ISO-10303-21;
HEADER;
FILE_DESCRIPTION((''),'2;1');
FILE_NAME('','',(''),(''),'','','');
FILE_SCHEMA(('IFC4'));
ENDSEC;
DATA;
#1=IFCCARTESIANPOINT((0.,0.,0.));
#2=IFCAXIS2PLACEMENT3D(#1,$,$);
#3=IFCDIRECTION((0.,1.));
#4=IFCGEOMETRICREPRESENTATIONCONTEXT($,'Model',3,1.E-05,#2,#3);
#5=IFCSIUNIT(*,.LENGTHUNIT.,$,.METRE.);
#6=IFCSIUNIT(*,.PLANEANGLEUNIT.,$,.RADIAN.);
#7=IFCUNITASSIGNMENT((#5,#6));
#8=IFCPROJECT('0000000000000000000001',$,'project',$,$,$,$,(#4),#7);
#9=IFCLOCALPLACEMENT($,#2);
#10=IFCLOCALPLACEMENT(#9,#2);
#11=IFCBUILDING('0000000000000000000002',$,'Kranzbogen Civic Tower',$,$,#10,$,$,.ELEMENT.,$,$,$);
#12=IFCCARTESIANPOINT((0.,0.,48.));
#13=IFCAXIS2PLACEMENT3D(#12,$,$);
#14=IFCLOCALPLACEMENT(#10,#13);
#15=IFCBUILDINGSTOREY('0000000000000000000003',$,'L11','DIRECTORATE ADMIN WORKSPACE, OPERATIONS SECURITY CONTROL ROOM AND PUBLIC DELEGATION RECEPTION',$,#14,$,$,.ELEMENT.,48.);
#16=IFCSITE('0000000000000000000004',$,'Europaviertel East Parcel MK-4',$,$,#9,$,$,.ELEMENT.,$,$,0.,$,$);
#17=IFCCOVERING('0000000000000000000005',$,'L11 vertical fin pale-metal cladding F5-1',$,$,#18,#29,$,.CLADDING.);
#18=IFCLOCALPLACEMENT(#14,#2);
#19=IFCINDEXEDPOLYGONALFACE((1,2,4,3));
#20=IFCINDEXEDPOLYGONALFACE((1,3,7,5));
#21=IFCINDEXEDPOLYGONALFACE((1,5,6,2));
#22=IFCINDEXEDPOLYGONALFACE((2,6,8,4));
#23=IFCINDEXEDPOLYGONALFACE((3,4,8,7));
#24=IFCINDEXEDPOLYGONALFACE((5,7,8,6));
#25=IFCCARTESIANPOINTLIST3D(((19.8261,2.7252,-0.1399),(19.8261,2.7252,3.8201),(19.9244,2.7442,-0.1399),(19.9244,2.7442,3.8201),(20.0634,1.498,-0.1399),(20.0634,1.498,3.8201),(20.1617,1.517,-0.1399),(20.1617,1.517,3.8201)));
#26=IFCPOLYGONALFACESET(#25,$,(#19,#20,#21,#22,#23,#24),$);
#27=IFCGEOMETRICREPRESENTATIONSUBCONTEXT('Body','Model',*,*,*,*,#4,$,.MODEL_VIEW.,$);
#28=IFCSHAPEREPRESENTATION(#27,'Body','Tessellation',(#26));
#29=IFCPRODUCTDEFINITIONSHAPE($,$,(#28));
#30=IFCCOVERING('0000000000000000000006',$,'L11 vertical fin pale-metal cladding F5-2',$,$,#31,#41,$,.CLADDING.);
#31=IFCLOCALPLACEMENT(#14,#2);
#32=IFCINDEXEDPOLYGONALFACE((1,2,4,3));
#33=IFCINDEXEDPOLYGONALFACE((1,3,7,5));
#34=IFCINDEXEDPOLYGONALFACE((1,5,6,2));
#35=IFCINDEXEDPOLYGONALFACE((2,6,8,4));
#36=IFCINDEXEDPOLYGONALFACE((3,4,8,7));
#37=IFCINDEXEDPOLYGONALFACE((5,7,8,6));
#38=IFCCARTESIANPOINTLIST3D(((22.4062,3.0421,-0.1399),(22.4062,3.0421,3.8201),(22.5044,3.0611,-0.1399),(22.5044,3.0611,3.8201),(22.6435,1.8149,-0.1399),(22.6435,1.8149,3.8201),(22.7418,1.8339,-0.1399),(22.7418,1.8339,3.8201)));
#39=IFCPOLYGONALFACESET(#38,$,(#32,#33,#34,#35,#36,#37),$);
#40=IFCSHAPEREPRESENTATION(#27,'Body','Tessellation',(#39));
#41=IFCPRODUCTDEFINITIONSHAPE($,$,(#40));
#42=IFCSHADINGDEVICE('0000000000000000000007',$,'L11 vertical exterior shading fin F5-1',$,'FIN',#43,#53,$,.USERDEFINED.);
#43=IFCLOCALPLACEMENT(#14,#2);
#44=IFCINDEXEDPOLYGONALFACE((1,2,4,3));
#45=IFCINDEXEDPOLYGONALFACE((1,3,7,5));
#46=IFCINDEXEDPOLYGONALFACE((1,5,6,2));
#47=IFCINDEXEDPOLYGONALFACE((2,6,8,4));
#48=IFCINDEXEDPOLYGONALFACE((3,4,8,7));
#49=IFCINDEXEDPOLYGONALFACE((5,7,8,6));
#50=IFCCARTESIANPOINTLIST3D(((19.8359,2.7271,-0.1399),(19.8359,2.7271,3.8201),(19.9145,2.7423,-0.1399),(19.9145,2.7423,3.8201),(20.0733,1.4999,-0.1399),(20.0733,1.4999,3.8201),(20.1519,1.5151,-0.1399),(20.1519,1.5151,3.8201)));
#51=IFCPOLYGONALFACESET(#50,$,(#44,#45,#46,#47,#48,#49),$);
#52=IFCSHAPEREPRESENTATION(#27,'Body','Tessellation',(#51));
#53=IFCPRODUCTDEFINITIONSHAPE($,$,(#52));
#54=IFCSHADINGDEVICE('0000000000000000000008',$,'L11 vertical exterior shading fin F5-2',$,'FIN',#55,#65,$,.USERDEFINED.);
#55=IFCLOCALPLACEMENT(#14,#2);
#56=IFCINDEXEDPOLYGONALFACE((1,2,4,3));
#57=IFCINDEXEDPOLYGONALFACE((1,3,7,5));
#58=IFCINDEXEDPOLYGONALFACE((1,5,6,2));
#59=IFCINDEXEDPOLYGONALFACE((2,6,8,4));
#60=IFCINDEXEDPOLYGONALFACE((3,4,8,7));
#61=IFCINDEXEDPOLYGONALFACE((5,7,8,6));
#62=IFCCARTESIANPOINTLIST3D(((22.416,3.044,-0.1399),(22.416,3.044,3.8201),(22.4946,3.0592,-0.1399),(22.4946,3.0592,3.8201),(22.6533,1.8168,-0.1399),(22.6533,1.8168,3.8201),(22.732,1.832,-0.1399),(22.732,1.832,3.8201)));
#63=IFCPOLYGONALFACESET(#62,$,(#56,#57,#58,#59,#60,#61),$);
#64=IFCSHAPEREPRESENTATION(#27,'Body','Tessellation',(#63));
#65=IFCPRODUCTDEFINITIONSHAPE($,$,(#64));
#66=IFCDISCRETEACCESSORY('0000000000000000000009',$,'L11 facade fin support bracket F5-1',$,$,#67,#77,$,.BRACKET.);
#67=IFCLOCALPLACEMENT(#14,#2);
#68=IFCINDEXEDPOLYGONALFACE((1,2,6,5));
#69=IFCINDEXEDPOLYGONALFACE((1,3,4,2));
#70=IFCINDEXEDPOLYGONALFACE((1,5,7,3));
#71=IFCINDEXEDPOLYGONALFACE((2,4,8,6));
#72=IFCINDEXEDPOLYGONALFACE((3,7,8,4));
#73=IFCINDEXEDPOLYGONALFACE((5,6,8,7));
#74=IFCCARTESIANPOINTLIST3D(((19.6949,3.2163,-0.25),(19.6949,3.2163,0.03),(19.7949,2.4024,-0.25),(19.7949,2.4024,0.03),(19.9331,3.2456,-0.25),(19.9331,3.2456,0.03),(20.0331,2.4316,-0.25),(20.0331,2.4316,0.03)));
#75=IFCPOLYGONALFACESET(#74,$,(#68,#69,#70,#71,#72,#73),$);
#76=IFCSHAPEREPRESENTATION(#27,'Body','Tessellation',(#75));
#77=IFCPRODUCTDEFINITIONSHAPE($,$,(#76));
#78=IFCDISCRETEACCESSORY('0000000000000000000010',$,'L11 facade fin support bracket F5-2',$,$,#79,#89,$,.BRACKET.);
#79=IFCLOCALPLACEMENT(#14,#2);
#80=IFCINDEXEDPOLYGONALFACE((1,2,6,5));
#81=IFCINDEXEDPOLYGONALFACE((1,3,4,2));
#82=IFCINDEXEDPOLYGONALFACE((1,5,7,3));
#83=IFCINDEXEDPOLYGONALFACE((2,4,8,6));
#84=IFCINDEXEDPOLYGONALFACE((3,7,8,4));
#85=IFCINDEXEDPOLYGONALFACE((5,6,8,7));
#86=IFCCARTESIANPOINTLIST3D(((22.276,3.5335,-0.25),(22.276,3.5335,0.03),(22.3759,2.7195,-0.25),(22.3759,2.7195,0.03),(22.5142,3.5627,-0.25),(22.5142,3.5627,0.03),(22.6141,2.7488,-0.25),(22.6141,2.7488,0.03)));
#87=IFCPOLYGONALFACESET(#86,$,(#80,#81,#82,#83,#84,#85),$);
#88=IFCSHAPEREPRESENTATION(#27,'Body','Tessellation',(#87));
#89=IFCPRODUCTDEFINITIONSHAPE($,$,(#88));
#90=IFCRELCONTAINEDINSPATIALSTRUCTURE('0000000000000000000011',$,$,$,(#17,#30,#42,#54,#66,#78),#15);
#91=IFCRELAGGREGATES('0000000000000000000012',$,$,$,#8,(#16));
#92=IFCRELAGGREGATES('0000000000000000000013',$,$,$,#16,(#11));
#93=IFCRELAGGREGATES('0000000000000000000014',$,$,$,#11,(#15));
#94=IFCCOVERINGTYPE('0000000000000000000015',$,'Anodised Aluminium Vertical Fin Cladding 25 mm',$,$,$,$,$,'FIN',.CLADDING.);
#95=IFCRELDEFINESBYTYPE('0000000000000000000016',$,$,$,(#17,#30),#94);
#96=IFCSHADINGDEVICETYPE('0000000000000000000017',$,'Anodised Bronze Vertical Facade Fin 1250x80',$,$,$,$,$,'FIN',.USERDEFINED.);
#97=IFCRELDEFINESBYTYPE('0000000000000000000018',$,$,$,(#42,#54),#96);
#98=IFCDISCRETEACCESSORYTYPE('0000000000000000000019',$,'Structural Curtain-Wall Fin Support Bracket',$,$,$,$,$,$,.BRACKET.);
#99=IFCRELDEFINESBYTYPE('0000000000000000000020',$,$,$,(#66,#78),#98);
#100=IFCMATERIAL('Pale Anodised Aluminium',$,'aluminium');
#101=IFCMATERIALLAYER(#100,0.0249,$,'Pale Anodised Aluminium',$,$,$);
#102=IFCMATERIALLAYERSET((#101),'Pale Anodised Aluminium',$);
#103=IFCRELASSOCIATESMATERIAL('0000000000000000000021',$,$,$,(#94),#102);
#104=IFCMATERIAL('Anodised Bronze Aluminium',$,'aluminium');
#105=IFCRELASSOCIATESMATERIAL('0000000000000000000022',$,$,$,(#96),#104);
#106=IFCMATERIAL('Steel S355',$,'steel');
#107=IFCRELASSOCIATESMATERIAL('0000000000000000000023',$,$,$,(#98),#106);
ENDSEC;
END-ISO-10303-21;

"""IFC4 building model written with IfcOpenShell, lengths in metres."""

from ifc_helpers import new_model, si_unit, direction, frame, origin, origin_2d, place, context, subcontext, project, spatial, rectangle, extrude, material, layer, layer_set, type_object, element, save


model = new_model("IFC4")

# Units and contexts
model_context = context("Model", 3, precision=1e-05, world=origin(), true_north=direction((0.0, 1.0)))
body_context = subcontext(model_context, "Body", "Model", "MODEL_VIEW")
ifc_project = project(units=[si_unit("LENGTHUNIT", "METRE"), si_unit("PLANEANGLEUNIT", "RADIAN")], contexts=[model_context])

# Site, building, storey
site_placement = place(None, origin())
site = spatial("IfcSite", under=ifc_project, at=site_placement, Name="Europaviertel East Parcel MK-4", CompositionType="ELEMENT", RefElevation=0.0)
building_placement = place(site_placement, origin())
building = spatial("IfcBuilding", under=site, at=building_placement, Name="Kranzbogen Civic Tower", CompositionType="ELEMENT")
storey_placement = place(building_placement, frame((0.0, 0.0, 48.0)))
storey = spatial("IfcBuildingStorey", under=building, at=storey_placement, Name="L11", Description="DIRECTORATE ADMIN WORKSPACE, OPERATIONS SECURITY CONTROL ROOM AND PUBLIC DELEGATION RECEPTION", CompositionType="ELEMENT", Elevation=48.0)

# Shared definitions
ifc_material_1 = material(Name="Pale Anodised Aluminium", Category="aluminium")

# Shared definitions
ifc_material_2 = material(Name="Steel S355", Category="steel")

# Coverings
ifc_layer_1 = layer(ifc_material_1, 0.0249, Name="Pale Anodised Aluminium")
ifc_layer_set_1 = layer_set([ifc_layer_1], Name="Pale Anodised Aluminium")
covering_type = type_object("IfcCoveringType", Name="Anodised Aluminium Vertical Fin Cladding 25 mm", ElementType="FIN", PredefinedType="CLADDING", material=ifc_layer_set_1)
for number, where, z_axis, x_axis, name in (
    (1, (19.9939, 2.1211, -0.1399), (0.0, 0.0, 1.0), (0.189867, -0.98181, 0.0), "L11 vertical fin pale-metal cladding F5-1"),
    (2, (22.574, 2.438, -0.1399), (0.0, 0.0, 1.0), (0.189867, -0.98181, 0.0), "L11 vertical fin pale-metal cladding F5-2"),
):
    element("IfcCovering", number, at=place(storey_placement, frame(where, z_axis=z_axis, x_axis=x_axis)), inside=storey, type_object=covering_type, Name=name, PredefinedType="CLADDING", context=body_context, shape_type="SweptSolid", body=[
        extrude(rectangle(XDim=1.25, YDim=0.1001, at=origin_2d()), origin(), (0.0, 0.0, 1.0), 3.96),
    ])

# Shading devices
ifc_material_3 = material(Name="Anodised Bronze Aluminium", Category="aluminium")
shading_device_type = type_object("IfcShadingDeviceType", Name="Anodised Bronze Vertical Facade Fin 1250x80", ElementType="FIN", PredefinedType="USERDEFINED", material=ifc_material_3)
for number, where, z_axis, x_axis, name in (
    (3, (19.9939, 2.1211, -0.1399), (0.0, 0.0, 1.0), (0.189867, -0.98181, 0.0), "L11 vertical exterior shading fin F5-1"),
    (4, (22.574, 2.438, -0.1399), (0.0, 0.0, 1.0), (0.189867, -0.98181, 0.0), "L11 vertical exterior shading fin F5-2"),
):
    element("IfcShadingDevice", number, at=place(storey_placement, frame(where, z_axis=z_axis, x_axis=x_axis)), inside=storey, type_object=shading_device_type, Name=name, ObjectType="FIN", PredefinedType="USERDEFINED", context=body_context, shape_type="SweptSolid", body=[
        extrude(rectangle(XDim=1.25, YDim=0.0801, at=origin_2d()), origin(), (0.0, 0.0, 1.0), 3.96),
    ])

# Discrete accessories
discrete_accessory_type = type_object("IfcDiscreteAccessoryType", Name="Structural Curtain-Wall Fin Support Bracket", PredefinedType="BRACKET", material=ifc_material_2)
for number, where, z_axis, x_axis, name in (
    (5, (19.864, 2.824, -0.25), (0.0, 0.0, 1.0), (0.121869, -0.992546, 0.0), "L11 facade fin support bracket F5-1"),
    (6, (22.4451, 3.1411, -0.25), (0.0, 0.0, 1.0), (0.121869, -0.992546, 0.0), "L11 facade fin support bracket F5-2"),
):
    element("IfcDiscreteAccessory", number, at=place(storey_placement, frame(where, z_axis=z_axis, x_axis=x_axis)), inside=storey, type_object=discrete_accessory_type, Name=name, PredefinedType="BRACKET", context=body_context, shape_type="SweptSolid", body=[
        extrude(rectangle(XDim=0.8201, YDim=0.24, at=origin_2d()), origin(), (0.0, 0.0, 1.0), 0.28),
    ])

save(model, "model.ifc")
